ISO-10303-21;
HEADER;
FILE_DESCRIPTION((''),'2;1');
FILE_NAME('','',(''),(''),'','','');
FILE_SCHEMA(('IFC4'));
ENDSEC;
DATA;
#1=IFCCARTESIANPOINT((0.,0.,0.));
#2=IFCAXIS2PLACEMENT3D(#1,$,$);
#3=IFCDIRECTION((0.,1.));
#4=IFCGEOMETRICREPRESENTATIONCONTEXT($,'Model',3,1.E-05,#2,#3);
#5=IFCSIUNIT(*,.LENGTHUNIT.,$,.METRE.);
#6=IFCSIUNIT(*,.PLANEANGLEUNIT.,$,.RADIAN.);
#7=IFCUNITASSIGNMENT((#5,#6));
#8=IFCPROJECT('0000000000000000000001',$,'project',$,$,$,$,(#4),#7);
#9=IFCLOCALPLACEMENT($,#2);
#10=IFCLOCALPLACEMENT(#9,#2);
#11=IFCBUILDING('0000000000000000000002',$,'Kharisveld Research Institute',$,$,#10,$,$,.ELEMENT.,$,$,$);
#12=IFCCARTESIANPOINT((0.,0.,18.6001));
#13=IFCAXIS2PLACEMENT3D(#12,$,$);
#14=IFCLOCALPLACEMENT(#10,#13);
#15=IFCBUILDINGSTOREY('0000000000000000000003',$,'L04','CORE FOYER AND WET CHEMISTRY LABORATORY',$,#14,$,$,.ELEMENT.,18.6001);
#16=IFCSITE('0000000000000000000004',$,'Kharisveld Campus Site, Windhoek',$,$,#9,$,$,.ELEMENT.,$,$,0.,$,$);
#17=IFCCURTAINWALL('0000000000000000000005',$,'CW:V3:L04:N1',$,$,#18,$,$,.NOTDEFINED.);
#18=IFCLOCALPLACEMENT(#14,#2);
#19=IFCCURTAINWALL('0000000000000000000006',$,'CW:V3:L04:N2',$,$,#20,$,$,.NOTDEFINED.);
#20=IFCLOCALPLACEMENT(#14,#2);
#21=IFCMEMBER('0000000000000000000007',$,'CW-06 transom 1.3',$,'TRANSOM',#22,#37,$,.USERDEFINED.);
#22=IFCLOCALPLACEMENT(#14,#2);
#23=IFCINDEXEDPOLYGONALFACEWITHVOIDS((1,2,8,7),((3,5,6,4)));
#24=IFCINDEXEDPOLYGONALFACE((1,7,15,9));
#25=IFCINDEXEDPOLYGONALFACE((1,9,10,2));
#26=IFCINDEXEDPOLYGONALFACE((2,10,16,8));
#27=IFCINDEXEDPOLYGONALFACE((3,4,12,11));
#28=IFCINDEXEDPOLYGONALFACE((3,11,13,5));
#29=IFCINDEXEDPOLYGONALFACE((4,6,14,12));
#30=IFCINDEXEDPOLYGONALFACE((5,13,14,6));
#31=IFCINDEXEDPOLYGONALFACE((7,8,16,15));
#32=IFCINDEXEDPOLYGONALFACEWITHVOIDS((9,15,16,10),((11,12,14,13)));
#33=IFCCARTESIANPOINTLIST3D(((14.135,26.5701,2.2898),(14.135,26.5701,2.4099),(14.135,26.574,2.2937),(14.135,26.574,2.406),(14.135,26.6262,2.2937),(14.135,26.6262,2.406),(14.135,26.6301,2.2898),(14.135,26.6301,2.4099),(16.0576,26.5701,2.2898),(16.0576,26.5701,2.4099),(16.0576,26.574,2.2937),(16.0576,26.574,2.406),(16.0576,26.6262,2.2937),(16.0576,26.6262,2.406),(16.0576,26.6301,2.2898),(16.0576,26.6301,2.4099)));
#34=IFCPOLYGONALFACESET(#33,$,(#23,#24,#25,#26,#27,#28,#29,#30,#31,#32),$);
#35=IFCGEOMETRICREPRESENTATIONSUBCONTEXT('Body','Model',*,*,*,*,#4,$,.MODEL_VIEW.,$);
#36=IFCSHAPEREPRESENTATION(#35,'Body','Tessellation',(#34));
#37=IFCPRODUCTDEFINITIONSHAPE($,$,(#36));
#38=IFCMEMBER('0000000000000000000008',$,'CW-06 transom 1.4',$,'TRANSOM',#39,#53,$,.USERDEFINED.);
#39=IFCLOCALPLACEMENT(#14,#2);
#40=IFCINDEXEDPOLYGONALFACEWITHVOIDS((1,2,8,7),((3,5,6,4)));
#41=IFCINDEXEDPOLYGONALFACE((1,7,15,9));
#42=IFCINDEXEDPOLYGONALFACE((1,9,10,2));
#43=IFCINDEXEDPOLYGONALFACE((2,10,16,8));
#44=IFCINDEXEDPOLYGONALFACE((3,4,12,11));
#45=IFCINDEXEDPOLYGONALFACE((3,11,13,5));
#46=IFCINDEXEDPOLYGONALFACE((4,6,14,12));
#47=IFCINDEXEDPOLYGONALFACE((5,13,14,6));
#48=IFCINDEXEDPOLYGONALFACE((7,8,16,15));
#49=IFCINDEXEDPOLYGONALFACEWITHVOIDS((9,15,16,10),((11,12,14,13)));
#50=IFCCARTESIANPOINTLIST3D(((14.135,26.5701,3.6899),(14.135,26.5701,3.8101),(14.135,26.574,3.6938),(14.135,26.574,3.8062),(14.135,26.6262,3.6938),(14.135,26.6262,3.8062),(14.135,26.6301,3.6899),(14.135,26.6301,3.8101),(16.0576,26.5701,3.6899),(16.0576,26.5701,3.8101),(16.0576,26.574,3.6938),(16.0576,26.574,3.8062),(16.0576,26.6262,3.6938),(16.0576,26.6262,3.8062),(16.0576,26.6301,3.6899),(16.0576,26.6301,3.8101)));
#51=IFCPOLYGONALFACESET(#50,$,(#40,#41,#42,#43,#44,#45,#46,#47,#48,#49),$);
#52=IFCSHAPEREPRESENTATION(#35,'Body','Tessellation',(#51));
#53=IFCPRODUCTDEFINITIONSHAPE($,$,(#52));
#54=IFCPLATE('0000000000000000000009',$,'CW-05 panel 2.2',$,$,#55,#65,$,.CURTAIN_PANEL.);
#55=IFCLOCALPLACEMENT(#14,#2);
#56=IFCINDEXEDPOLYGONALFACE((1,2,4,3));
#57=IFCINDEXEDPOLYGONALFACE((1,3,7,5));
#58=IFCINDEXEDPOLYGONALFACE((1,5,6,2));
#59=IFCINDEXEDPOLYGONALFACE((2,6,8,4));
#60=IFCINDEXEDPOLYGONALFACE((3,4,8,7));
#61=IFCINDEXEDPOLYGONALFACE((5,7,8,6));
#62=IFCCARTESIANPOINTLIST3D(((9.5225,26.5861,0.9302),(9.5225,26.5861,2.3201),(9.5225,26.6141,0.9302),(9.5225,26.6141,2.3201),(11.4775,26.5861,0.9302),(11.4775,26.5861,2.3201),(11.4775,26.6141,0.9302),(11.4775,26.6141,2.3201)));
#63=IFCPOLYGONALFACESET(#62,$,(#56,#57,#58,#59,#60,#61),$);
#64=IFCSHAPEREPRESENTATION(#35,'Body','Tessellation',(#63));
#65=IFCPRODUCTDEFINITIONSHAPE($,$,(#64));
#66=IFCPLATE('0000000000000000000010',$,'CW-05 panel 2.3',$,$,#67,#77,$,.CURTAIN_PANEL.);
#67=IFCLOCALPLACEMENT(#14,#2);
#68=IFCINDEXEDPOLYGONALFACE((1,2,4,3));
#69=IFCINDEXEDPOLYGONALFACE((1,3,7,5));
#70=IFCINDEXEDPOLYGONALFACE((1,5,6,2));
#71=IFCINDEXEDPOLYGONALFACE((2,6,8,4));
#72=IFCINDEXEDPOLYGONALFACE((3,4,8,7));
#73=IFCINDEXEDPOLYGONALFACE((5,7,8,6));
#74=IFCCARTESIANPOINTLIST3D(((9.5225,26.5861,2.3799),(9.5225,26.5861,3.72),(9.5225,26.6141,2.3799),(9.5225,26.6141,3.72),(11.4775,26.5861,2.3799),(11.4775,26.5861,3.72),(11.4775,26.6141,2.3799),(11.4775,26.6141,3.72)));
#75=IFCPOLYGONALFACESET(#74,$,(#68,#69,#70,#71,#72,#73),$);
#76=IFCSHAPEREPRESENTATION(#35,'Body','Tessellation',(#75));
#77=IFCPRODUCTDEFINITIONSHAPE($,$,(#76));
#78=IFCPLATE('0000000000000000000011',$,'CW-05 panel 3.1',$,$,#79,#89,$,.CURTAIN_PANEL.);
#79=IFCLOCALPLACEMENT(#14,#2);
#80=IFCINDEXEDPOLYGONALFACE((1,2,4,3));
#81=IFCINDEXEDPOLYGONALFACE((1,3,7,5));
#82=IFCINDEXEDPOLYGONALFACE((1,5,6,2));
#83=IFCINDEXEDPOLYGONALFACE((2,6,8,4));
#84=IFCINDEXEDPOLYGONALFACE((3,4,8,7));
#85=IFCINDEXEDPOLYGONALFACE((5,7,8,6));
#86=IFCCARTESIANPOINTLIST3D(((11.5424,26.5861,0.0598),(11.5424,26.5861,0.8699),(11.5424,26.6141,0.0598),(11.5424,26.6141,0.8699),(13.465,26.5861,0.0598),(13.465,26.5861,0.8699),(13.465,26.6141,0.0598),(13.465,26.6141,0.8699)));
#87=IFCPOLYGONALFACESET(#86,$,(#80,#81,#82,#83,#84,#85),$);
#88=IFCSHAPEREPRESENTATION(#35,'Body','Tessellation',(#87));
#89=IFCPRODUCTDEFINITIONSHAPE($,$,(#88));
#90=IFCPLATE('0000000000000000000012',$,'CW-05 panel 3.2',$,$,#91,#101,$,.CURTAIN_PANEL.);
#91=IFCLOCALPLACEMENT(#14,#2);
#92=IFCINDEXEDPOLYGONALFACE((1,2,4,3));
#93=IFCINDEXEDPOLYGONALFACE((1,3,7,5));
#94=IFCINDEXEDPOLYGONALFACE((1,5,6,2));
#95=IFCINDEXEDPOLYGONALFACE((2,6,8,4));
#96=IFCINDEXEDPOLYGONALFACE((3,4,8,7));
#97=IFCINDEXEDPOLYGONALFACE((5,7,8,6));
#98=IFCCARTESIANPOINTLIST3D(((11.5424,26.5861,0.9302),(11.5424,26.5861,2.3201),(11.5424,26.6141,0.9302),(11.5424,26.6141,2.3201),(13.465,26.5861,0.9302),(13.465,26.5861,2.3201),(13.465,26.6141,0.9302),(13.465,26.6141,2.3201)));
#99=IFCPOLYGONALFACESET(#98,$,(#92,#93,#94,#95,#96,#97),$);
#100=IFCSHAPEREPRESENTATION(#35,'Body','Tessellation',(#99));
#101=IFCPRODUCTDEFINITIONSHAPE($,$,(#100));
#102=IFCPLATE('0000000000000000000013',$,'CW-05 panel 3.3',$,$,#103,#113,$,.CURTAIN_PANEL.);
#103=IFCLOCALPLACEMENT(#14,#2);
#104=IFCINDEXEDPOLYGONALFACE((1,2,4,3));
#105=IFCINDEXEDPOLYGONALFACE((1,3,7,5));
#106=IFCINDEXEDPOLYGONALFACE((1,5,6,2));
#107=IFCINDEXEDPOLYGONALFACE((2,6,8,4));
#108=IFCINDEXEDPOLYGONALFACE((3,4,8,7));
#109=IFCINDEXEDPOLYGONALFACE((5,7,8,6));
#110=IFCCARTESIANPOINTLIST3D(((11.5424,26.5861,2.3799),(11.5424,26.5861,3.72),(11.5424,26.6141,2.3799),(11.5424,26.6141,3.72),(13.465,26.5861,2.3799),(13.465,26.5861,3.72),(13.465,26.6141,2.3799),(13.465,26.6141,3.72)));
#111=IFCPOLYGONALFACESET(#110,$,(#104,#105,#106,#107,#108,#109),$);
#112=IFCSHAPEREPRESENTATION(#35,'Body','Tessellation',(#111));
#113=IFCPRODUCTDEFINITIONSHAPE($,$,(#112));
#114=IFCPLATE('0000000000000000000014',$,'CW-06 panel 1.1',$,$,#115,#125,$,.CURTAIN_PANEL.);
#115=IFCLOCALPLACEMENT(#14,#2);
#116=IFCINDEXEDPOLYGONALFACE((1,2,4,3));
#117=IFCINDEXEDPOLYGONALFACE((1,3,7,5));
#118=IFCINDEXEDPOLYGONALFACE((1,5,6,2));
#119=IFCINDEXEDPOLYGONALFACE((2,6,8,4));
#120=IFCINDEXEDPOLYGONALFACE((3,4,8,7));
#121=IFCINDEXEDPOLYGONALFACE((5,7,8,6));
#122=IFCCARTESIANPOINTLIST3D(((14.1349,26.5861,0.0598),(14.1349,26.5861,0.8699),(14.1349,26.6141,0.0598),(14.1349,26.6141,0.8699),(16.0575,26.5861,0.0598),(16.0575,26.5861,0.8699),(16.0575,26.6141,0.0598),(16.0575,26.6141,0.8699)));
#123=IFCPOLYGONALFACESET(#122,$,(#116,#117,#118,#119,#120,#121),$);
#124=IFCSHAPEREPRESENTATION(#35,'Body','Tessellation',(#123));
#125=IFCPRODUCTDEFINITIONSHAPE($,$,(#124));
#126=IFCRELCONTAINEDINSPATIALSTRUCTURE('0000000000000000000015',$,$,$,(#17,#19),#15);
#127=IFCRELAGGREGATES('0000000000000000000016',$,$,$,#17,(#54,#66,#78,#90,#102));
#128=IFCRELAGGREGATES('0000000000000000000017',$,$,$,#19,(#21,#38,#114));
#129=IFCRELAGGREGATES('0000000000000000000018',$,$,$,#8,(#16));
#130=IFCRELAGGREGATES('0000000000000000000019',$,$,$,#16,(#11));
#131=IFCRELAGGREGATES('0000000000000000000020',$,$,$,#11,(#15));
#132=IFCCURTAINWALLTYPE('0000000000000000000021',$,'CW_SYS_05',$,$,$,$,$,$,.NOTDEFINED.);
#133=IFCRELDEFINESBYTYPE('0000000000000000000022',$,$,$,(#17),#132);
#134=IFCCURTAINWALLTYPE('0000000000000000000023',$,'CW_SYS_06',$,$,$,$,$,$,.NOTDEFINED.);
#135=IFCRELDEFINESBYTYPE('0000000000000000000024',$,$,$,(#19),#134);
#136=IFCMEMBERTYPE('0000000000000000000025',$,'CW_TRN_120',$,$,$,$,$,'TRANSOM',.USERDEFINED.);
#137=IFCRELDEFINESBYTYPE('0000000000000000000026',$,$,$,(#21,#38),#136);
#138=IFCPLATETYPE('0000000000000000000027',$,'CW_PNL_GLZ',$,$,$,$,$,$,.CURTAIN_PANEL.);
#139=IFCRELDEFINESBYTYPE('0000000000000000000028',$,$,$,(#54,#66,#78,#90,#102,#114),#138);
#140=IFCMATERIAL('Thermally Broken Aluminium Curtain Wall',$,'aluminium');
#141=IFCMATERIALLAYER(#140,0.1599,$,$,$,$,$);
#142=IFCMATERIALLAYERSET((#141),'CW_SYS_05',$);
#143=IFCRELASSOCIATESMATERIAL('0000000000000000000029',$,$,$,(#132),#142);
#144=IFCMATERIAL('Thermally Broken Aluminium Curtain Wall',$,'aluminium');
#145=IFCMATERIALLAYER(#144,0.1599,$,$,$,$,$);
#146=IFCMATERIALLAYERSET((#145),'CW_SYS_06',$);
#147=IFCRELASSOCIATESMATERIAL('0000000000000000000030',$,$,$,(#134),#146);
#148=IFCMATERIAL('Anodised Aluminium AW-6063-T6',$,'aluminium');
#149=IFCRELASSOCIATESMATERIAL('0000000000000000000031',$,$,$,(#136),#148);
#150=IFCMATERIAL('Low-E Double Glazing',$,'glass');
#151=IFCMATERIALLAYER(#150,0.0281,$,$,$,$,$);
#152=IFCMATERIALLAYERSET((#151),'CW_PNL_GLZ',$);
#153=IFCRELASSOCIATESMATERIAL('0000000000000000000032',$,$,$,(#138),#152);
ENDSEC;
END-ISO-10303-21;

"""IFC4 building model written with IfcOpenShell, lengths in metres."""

from ifc_helpers import new_model, si_unit, direction, frame, origin, origin_2d, place, context, subcontext, project, spatial, rectangle, hollow_rectangle, extrude, material, layer, layer_set, material_profile, profile_set, type_object, element, aggregate, save


model = new_model("IFC4")

# Units and contexts
model_context = context("Model", 3, precision=1e-05, world=origin(), true_north=direction((0.0, 1.0)))
body_context = subcontext(model_context, "Body", "Model", "MODEL_VIEW")
ifc_project = project(units=[si_unit("LENGTHUNIT", "METRE"), si_unit("PLANEANGLEUNIT", "RADIAN")], contexts=[model_context])

# Site, building, storey
site_placement = place(None, origin())
site = spatial("IfcSite", under=ifc_project, at=site_placement, Name="Kharisveld Campus Site, Windhoek", CompositionType="ELEMENT", RefElevation=0.0)
building_placement = place(site_placement, origin())
building = spatial("IfcBuilding", under=site, at=building_placement, Name="Kharisveld Research Institute", CompositionType="ELEMENT")
storey_placement = place(building_placement, frame((0.0, 0.0, 18.6001)))
storey = spatial("IfcBuildingStorey", under=building, at=storey_placement, Name="L04", Description="CORE FOYER AND WET CHEMISTRY LABORATORY", CompositionType="ELEMENT", Elevation=18.6001)

# Curtain wall
ifc_material_1 = material(Name="Thermally Broken Aluminium Curtain Wall", Category="aluminium")
ifc_layer_1 = layer(ifc_material_1, 0.1599)
ifc_layer_set_1 = layer_set([ifc_layer_1], Name="CW_SYS_05")
curtain_wall_type_1 = type_object("IfcCurtainWallType", Name="CW_SYS_05", PredefinedType="NOTDEFINED", material=ifc_layer_set_1)
curtain_wall_1_placement = place(storey_placement, origin())
curtain_wall_1 = element("IfcCurtainWall", 1, at=curtain_wall_1_placement, inside=storey, type_object=curtain_wall_type_1, Name="CW:V3:L04:N1", PredefinedType="NOTDEFINED")

# Curtain wall
ifc_material_2 = material(Name="Thermally Broken Aluminium Curtain Wall", Category="aluminium")
ifc_layer_2 = layer(ifc_material_2, 0.1599)
ifc_layer_set_2 = layer_set([ifc_layer_2], Name="CW_SYS_06")
curtain_wall_type_2 = type_object("IfcCurtainWallType", Name="CW_SYS_06", PredefinedType="NOTDEFINED", material=ifc_layer_set_2)
curtain_wall_2_placement = place(storey_placement, origin())
curtain_wall_2 = element("IfcCurtainWall", 2, at=curtain_wall_2_placement, inside=storey, type_object=curtain_wall_type_2, Name="CW:V3:L04:N2", PredefinedType="NOTDEFINED")

# Members
ifc_material_3 = material(Name="Anodised Aluminium AW-6063-T6", Category="aluminium")
ifc_material_profile_1 = material_profile(ifc_material_3, hollow_rectangle(XDim=0.0601, YDim=0.1201, WallThickness=0.0039, at=origin_2d()))
ifc_profile_set_1 = profile_set([ifc_material_profile_1], Name="Anodised Aluminium AW-6063-T6")
member_type_1 = type_object("IfcMemberType", Name="CW_TRN_120", ElementType="TRANSOM", PredefinedType="USERDEFINED", material=ifc_profile_set_1)
member_1_placement = place(storey_placement, frame((14.135, 26.6001, 2.3499), z_axis=(1.0, 0.0, 0.0), x_axis=(0.0, 1.0, 0.0)))
member_1 = element("IfcMember", 3, at=member_1_placement, type_object=member_type_1, Name="CW-06 transom 1.3", ObjectType="TRANSOM", PredefinedType="USERDEFINED", context=body_context, shape_type="SweptSolid", body=[
    extrude(hollow_rectangle(XDim=0.0601, YDim=0.1201, WallThickness=0.0039, at=origin_2d()), origin(), (0.0, 0.0, 1.0), 1.9226),
])
member_2_placement = place(storey_placement, frame((14.135, 26.6001, 3.75), z_axis=(1.0, 0.0, 0.0), x_axis=(0.0, 1.0, 0.0)))
member_2 = element("IfcMember", 4, at=member_2_placement, type_object=member_type_1, Name="CW-06 transom 1.4", ObjectType="TRANSOM", PredefinedType="USERDEFINED", context=body_context, shape_type="SweptSolid", body=[
    extrude(hollow_rectangle(XDim=0.0601, YDim=0.1201, WallThickness=0.0039, at=origin_2d()), origin(), (0.0, 0.0, 1.0), 1.9226),
])

# Plates
ifc_material_4 = material(Name="Low-E Double Glazing", Category="glass")
ifc_layer_3 = layer(ifc_material_4, 0.0281)
ifc_layer_set_3 = layer_set([ifc_layer_3], Name="CW_PNL_GLZ")
plate_type = type_object("IfcPlateType", Name="CW_PNL_GLZ", PredefinedType="CURTAIN_PANEL", material=ifc_layer_set_3)
plate_1_placement = place(storey_placement, frame((10.5, 26.6001, 0.9302), z_axis=(0.0, 0.0, 1.0), x_axis=(1.0, 0.0, 0.0)))
plate_1 = element("IfcPlate", 5, at=plate_1_placement, type_object=plate_type, Name="CW-05 panel 2.2", PredefinedType="CURTAIN_PANEL", context=body_context, shape_type="SweptSolid", body=[
    extrude(rectangle(XDim=1.9551, YDim=0.0281, at=origin_2d()), origin(), (0.0, 0.0, 1.0), 1.3899),
])
plate_2_placement = place(storey_placement, frame((10.5, 26.6001, 2.3799), z_axis=(0.0, 0.0, 1.0), x_axis=(1.0, 0.0, 0.0)))
plate_2 = element("IfcPlate", 6, at=plate_2_placement, type_object=plate_type, Name="CW-05 panel 2.3", PredefinedType="CURTAIN_PANEL", context=body_context, shape_type="SweptSolid", body=[
    extrude(rectangle(XDim=1.9551, YDim=0.0281, at=origin_2d()), origin(), (0.0, 0.0, 1.0), 1.3401),
])
plate_3_placement = place(storey_placement, frame((12.5037, 26.6001, 0.0598), z_axis=(0.0, 0.0, 1.0), x_axis=(1.0, 0.0, 0.0)))
plate_3 = element("IfcPlate", 7, at=plate_3_placement, type_object=plate_type, Name="CW-05 panel 3.1", PredefinedType="CURTAIN_PANEL", context=body_context, shape_type="SweptSolid", body=[
    extrude(rectangle(XDim=1.9226, YDim=0.0281, at=origin_2d()), origin(), (0.0, 0.0, 1.0), 0.8101),
])
plate_4_placement = place(storey_placement, frame((12.5037, 26.6001, 0.9302), z_axis=(0.0, 0.0, 1.0), x_axis=(1.0, 0.0, 0.0)))
plate_4 = element("IfcPlate", 8, at=plate_4_placement, type_object=plate_type, Name="CW-05 panel 3.2", PredefinedType="CURTAIN_PANEL", context=body_context, shape_type="SweptSolid", body=[
    extrude(rectangle(XDim=1.9226, YDim=0.0281, at=origin_2d()), origin(), (0.0, 0.0, 1.0), 1.3899),
])
plate_5_placement = place(storey_placement, frame((12.5037, 26.6001, 2.3799), z_axis=(0.0, 0.0, 1.0), x_axis=(1.0, 0.0, 0.0)))
plate_5 = element("IfcPlate", 9, at=plate_5_placement, type_object=plate_type, Name="CW-05 panel 3.3", PredefinedType="CURTAIN_PANEL", context=body_context, shape_type="SweptSolid", body=[
    extrude(rectangle(XDim=1.9226, YDim=0.0281, at=origin_2d()), origin(), (0.0, 0.0, 1.0), 1.3401),
])
aggregate(curtain_wall_1, [plate_1, plate_2, plate_3, plate_4, plate_5])
plate_6_placement = place(storey_placement, frame((15.0962, 26.6001, 0.0598), z_axis=(0.0, 0.0, 1.0), x_axis=(1.0, 0.0, 0.0)))
plate_6 = element("IfcPlate", 10, at=plate_6_placement, type_object=plate_type, Name="CW-06 panel 1.1", PredefinedType="CURTAIN_PANEL", context=body_context, shape_type="SweptSolid", body=[
    extrude(rectangle(XDim=1.9226, YDim=0.0281, at=origin_2d()), origin(), (0.0, 0.0, 1.0), 0.8101),
])
aggregate(curtain_wall_2, [member_1, member_2, plate_6])

save(model, "model.ifc")
